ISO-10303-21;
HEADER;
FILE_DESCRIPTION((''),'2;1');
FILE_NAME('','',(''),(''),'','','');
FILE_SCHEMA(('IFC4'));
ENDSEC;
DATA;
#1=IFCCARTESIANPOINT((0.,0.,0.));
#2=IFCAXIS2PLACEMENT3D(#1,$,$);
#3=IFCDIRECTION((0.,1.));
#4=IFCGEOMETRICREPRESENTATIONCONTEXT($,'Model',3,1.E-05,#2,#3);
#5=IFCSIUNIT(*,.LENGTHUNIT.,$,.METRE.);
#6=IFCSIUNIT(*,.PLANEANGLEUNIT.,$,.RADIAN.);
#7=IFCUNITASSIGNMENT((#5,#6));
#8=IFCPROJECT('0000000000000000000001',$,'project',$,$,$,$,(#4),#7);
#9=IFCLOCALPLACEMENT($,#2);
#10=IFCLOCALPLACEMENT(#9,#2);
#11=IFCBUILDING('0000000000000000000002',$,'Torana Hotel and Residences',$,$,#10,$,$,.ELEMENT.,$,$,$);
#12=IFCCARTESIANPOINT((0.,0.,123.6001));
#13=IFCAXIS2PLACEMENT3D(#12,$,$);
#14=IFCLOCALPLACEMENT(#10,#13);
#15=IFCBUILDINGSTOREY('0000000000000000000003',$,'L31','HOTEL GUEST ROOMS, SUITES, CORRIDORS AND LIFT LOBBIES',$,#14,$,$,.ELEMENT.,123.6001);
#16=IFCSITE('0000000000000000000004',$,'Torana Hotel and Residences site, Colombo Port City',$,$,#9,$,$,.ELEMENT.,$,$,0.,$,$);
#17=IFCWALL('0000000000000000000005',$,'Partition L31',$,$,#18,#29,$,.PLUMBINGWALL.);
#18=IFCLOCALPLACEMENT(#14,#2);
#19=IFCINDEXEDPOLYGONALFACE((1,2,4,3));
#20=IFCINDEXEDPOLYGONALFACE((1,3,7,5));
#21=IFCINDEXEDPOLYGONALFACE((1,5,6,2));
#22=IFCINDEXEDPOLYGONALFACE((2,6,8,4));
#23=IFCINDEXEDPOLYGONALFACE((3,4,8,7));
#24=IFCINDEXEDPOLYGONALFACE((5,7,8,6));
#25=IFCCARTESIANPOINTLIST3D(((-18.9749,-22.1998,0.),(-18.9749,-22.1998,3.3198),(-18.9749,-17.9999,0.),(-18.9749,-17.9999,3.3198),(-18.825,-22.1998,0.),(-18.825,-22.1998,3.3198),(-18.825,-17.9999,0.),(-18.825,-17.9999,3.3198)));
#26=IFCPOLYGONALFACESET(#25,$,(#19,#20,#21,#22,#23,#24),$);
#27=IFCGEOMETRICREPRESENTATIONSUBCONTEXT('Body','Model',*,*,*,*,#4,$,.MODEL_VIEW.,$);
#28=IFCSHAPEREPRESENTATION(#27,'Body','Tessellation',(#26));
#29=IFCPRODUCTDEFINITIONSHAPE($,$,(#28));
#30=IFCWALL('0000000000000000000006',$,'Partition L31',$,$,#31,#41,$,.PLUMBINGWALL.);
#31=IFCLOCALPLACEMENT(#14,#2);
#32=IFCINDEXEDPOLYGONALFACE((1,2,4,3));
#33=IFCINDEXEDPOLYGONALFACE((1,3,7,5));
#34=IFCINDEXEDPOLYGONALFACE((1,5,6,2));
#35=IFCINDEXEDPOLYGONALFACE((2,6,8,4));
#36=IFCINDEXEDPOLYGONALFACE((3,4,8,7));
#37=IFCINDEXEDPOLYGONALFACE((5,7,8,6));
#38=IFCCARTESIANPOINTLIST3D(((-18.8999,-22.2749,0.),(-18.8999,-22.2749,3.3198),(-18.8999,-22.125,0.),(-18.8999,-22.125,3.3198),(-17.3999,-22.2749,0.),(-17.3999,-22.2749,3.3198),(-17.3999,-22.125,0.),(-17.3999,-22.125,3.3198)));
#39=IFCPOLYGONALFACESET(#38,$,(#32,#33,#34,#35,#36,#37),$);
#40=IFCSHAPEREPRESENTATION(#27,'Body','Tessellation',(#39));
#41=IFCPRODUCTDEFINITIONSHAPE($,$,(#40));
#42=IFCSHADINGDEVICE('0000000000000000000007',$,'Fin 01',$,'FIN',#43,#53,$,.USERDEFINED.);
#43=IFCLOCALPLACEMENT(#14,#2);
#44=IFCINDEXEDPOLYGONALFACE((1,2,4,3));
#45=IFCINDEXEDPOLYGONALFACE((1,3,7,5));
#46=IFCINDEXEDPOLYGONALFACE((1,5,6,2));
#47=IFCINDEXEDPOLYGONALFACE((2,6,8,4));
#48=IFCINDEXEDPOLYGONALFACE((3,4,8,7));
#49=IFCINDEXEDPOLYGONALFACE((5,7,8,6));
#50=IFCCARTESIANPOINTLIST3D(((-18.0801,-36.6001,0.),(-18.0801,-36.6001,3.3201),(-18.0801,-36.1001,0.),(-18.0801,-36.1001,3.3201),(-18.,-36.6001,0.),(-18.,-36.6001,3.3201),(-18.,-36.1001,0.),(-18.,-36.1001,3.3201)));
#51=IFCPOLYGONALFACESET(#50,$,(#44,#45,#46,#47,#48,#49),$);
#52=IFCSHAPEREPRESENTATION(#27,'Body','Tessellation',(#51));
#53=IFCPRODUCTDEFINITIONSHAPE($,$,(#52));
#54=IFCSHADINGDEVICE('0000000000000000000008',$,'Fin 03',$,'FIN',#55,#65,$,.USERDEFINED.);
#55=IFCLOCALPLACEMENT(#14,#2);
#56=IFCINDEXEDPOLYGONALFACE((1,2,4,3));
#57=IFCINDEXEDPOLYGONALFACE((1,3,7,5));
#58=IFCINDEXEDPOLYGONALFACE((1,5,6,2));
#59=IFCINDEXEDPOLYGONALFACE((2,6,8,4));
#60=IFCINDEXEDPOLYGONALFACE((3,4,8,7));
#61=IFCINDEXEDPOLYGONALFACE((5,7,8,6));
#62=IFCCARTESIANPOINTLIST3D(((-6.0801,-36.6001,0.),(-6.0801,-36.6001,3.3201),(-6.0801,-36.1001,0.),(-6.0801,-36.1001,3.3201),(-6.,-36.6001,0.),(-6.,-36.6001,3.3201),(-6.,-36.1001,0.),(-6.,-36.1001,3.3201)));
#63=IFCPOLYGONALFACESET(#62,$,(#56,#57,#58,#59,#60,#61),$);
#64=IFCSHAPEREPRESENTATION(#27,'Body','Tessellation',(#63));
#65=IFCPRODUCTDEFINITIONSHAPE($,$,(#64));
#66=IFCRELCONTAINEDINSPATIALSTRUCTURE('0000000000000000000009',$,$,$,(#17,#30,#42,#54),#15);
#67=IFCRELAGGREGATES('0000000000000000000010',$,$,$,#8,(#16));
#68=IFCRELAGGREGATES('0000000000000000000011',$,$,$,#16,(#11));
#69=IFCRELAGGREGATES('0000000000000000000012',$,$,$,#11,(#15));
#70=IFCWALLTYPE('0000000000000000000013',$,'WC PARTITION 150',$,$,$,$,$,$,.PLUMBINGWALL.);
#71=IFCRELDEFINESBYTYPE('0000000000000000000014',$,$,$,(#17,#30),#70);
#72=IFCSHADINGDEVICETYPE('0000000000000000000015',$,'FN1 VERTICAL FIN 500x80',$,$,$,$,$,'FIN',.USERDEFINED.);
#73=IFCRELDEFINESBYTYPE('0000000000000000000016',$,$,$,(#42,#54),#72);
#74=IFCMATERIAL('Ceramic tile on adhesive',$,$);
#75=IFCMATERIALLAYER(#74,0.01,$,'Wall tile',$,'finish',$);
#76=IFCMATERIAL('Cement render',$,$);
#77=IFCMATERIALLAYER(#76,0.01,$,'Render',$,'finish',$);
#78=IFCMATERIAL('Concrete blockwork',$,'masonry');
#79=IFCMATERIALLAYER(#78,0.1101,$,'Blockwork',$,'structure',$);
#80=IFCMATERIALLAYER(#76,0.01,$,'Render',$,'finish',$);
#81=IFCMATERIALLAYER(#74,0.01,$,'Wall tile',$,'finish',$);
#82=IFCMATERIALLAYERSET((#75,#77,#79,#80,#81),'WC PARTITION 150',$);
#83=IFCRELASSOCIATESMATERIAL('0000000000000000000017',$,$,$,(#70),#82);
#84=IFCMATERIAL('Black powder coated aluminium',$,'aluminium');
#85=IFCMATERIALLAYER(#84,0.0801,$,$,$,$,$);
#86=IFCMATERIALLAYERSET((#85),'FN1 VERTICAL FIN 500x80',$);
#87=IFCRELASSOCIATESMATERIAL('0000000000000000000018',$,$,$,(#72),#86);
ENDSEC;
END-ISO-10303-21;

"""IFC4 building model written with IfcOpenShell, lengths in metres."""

from ifc_helpers import new_model, si_unit, direction, frame, frame_2d, origin, origin_2d, place, context, subcontext, project, spatial, rectangle, extrude, material, layer, layer_set, type_object, element, save


model = new_model("IFC4")

# Units and contexts
model_context = context("Model", 3, precision=1e-05, world=origin(), true_north=direction((0.0, 1.0)))
body_context = subcontext(model_context, "Body", "Model", "MODEL_VIEW")
ifc_project = project(units=[si_unit("LENGTHUNIT", "METRE"), si_unit("PLANEANGLEUNIT", "RADIAN")], contexts=[model_context])

# Site, building, storey
site_placement = place(None, origin())
site = spatial("IfcSite", under=ifc_project, at=site_placement, Name="Torana Hotel and Residences site, Colombo Port City", CompositionType="ELEMENT", RefElevation=0.0)
building_placement = place(site_placement, origin())
building = spatial("IfcBuilding", under=site, at=building_placement, Name="Torana Hotel and Residences", CompositionType="ELEMENT")
storey_placement = place(building_placement, frame((0.0, 0.0, 123.6001)))
storey = spatial("IfcBuildingStorey", under=building, at=storey_placement, Name="L31", Description="HOTEL GUEST ROOMS, SUITES, CORRIDORS AND LIFT LOBBIES", CompositionType="ELEMENT", Elevation=123.6001)

# Shared definitions
ifc_material_1 = material(Name="Concrete blockwork", Category="masonry")

# Walls
ifc_material_2 = material(Name="Ceramic tile on adhesive")
ifc_layer_1 = layer(ifc_material_2, 0.01, Name="Wall tile", Category="finish")
ifc_material_3 = material(Name="Cement render")
ifc_layer_2 = layer(ifc_material_3, 0.01, Name="Render", Category="finish")
ifc_layer_3 = layer(ifc_material_1, 0.1101, Name="Blockwork", Category="structure")
ifc_layer_4 = layer(ifc_material_3, 0.01, Name="Render", Category="finish")
ifc_layer_5 = layer(ifc_material_2, 0.01, Name="Wall tile", Category="finish")
ifc_layer_set_1 = layer_set([ifc_layer_1, ifc_layer_2, ifc_layer_3, ifc_layer_4, ifc_layer_5], Name="WC PARTITION 150")
wall_type_1 = type_object("IfcWallType", Name="WC PARTITION 150", PredefinedType="PLUMBINGWALL", material=ifc_layer_set_1)
wall_1_placement = place(storey_placement, frame((-18.8999, -22.2, 0.0), z_axis=(0.0, 0.0, 1.0), x_axis=(0.0, 1.0, 0.0)))
element("IfcWall", 1, at=wall_1_placement, inside=storey, type_object=wall_type_1, Name="Partition L31", PredefinedType="PLUMBINGWALL", context=body_context, shape_type="SweptSolid", body=[
    extrude(rectangle(XDim=4.2, YDim=0.1499, at=frame_2d((2.1001, 0.0))), origin(), (0.0, 0.0, 1.0), 3.3198),
])
wall_2_placement = place(storey_placement, frame((-18.8999, -22.2, 0.0), z_axis=(0.0, 0.0, 1.0), x_axis=(1.0, 0.0, 0.0)))
element("IfcWall", 2, at=wall_2_placement, inside=storey, type_object=wall_type_1, Name="Partition L31", PredefinedType="PLUMBINGWALL", context=body_context, shape_type="SweptSolid", body=[
    extrude(rectangle(XDim=1.5, YDim=0.1499, at=frame_2d((0.75, 0.0))), origin(), (0.0, 0.0, 1.0), 3.3198),
])

# Shading devices
ifc_material_4 = material(Name="Black powder coated aluminium", Category="aluminium")
ifc_layer_6 = layer(ifc_material_4, 0.0801)
ifc_layer_set_2 = layer_set([ifc_layer_6], Name="FN1 VERTICAL FIN 500x80")
shading_device_type = type_object("IfcShadingDeviceType", Name="FN1 VERTICAL FIN 500x80", ElementType="FIN", PredefinedType="USERDEFINED", material=ifc_layer_set_2)
for number, where, z_axis, x_axis, name in (
    (3, (-18.04, -36.3501, 0.0), (0.0, 0.0, 1.0), (-1.0, 0.0, 0.0), "Fin 01"),
    (4, (-6.04, -36.3501, 0.0), (0.0, 0.0, 1.0), (-1.0, 0.0, 0.0), "Fin 03"),
):
    element("IfcShadingDevice", number, at=place(storey_placement, frame(where, z_axis=z_axis, x_axis=x_axis)), inside=storey, type_object=shading_device_type, Name=name, ObjectType="FIN", PredefinedType="USERDEFINED", context=body_context, shape_type="SweptSolid", body=[
        extrude(rectangle(XDim=0.0801, YDim=0.5, at=origin_2d()), origin(), (0.0, 0.0, 1.0), 3.3201),
    ])

save(model, "model.ifc")
